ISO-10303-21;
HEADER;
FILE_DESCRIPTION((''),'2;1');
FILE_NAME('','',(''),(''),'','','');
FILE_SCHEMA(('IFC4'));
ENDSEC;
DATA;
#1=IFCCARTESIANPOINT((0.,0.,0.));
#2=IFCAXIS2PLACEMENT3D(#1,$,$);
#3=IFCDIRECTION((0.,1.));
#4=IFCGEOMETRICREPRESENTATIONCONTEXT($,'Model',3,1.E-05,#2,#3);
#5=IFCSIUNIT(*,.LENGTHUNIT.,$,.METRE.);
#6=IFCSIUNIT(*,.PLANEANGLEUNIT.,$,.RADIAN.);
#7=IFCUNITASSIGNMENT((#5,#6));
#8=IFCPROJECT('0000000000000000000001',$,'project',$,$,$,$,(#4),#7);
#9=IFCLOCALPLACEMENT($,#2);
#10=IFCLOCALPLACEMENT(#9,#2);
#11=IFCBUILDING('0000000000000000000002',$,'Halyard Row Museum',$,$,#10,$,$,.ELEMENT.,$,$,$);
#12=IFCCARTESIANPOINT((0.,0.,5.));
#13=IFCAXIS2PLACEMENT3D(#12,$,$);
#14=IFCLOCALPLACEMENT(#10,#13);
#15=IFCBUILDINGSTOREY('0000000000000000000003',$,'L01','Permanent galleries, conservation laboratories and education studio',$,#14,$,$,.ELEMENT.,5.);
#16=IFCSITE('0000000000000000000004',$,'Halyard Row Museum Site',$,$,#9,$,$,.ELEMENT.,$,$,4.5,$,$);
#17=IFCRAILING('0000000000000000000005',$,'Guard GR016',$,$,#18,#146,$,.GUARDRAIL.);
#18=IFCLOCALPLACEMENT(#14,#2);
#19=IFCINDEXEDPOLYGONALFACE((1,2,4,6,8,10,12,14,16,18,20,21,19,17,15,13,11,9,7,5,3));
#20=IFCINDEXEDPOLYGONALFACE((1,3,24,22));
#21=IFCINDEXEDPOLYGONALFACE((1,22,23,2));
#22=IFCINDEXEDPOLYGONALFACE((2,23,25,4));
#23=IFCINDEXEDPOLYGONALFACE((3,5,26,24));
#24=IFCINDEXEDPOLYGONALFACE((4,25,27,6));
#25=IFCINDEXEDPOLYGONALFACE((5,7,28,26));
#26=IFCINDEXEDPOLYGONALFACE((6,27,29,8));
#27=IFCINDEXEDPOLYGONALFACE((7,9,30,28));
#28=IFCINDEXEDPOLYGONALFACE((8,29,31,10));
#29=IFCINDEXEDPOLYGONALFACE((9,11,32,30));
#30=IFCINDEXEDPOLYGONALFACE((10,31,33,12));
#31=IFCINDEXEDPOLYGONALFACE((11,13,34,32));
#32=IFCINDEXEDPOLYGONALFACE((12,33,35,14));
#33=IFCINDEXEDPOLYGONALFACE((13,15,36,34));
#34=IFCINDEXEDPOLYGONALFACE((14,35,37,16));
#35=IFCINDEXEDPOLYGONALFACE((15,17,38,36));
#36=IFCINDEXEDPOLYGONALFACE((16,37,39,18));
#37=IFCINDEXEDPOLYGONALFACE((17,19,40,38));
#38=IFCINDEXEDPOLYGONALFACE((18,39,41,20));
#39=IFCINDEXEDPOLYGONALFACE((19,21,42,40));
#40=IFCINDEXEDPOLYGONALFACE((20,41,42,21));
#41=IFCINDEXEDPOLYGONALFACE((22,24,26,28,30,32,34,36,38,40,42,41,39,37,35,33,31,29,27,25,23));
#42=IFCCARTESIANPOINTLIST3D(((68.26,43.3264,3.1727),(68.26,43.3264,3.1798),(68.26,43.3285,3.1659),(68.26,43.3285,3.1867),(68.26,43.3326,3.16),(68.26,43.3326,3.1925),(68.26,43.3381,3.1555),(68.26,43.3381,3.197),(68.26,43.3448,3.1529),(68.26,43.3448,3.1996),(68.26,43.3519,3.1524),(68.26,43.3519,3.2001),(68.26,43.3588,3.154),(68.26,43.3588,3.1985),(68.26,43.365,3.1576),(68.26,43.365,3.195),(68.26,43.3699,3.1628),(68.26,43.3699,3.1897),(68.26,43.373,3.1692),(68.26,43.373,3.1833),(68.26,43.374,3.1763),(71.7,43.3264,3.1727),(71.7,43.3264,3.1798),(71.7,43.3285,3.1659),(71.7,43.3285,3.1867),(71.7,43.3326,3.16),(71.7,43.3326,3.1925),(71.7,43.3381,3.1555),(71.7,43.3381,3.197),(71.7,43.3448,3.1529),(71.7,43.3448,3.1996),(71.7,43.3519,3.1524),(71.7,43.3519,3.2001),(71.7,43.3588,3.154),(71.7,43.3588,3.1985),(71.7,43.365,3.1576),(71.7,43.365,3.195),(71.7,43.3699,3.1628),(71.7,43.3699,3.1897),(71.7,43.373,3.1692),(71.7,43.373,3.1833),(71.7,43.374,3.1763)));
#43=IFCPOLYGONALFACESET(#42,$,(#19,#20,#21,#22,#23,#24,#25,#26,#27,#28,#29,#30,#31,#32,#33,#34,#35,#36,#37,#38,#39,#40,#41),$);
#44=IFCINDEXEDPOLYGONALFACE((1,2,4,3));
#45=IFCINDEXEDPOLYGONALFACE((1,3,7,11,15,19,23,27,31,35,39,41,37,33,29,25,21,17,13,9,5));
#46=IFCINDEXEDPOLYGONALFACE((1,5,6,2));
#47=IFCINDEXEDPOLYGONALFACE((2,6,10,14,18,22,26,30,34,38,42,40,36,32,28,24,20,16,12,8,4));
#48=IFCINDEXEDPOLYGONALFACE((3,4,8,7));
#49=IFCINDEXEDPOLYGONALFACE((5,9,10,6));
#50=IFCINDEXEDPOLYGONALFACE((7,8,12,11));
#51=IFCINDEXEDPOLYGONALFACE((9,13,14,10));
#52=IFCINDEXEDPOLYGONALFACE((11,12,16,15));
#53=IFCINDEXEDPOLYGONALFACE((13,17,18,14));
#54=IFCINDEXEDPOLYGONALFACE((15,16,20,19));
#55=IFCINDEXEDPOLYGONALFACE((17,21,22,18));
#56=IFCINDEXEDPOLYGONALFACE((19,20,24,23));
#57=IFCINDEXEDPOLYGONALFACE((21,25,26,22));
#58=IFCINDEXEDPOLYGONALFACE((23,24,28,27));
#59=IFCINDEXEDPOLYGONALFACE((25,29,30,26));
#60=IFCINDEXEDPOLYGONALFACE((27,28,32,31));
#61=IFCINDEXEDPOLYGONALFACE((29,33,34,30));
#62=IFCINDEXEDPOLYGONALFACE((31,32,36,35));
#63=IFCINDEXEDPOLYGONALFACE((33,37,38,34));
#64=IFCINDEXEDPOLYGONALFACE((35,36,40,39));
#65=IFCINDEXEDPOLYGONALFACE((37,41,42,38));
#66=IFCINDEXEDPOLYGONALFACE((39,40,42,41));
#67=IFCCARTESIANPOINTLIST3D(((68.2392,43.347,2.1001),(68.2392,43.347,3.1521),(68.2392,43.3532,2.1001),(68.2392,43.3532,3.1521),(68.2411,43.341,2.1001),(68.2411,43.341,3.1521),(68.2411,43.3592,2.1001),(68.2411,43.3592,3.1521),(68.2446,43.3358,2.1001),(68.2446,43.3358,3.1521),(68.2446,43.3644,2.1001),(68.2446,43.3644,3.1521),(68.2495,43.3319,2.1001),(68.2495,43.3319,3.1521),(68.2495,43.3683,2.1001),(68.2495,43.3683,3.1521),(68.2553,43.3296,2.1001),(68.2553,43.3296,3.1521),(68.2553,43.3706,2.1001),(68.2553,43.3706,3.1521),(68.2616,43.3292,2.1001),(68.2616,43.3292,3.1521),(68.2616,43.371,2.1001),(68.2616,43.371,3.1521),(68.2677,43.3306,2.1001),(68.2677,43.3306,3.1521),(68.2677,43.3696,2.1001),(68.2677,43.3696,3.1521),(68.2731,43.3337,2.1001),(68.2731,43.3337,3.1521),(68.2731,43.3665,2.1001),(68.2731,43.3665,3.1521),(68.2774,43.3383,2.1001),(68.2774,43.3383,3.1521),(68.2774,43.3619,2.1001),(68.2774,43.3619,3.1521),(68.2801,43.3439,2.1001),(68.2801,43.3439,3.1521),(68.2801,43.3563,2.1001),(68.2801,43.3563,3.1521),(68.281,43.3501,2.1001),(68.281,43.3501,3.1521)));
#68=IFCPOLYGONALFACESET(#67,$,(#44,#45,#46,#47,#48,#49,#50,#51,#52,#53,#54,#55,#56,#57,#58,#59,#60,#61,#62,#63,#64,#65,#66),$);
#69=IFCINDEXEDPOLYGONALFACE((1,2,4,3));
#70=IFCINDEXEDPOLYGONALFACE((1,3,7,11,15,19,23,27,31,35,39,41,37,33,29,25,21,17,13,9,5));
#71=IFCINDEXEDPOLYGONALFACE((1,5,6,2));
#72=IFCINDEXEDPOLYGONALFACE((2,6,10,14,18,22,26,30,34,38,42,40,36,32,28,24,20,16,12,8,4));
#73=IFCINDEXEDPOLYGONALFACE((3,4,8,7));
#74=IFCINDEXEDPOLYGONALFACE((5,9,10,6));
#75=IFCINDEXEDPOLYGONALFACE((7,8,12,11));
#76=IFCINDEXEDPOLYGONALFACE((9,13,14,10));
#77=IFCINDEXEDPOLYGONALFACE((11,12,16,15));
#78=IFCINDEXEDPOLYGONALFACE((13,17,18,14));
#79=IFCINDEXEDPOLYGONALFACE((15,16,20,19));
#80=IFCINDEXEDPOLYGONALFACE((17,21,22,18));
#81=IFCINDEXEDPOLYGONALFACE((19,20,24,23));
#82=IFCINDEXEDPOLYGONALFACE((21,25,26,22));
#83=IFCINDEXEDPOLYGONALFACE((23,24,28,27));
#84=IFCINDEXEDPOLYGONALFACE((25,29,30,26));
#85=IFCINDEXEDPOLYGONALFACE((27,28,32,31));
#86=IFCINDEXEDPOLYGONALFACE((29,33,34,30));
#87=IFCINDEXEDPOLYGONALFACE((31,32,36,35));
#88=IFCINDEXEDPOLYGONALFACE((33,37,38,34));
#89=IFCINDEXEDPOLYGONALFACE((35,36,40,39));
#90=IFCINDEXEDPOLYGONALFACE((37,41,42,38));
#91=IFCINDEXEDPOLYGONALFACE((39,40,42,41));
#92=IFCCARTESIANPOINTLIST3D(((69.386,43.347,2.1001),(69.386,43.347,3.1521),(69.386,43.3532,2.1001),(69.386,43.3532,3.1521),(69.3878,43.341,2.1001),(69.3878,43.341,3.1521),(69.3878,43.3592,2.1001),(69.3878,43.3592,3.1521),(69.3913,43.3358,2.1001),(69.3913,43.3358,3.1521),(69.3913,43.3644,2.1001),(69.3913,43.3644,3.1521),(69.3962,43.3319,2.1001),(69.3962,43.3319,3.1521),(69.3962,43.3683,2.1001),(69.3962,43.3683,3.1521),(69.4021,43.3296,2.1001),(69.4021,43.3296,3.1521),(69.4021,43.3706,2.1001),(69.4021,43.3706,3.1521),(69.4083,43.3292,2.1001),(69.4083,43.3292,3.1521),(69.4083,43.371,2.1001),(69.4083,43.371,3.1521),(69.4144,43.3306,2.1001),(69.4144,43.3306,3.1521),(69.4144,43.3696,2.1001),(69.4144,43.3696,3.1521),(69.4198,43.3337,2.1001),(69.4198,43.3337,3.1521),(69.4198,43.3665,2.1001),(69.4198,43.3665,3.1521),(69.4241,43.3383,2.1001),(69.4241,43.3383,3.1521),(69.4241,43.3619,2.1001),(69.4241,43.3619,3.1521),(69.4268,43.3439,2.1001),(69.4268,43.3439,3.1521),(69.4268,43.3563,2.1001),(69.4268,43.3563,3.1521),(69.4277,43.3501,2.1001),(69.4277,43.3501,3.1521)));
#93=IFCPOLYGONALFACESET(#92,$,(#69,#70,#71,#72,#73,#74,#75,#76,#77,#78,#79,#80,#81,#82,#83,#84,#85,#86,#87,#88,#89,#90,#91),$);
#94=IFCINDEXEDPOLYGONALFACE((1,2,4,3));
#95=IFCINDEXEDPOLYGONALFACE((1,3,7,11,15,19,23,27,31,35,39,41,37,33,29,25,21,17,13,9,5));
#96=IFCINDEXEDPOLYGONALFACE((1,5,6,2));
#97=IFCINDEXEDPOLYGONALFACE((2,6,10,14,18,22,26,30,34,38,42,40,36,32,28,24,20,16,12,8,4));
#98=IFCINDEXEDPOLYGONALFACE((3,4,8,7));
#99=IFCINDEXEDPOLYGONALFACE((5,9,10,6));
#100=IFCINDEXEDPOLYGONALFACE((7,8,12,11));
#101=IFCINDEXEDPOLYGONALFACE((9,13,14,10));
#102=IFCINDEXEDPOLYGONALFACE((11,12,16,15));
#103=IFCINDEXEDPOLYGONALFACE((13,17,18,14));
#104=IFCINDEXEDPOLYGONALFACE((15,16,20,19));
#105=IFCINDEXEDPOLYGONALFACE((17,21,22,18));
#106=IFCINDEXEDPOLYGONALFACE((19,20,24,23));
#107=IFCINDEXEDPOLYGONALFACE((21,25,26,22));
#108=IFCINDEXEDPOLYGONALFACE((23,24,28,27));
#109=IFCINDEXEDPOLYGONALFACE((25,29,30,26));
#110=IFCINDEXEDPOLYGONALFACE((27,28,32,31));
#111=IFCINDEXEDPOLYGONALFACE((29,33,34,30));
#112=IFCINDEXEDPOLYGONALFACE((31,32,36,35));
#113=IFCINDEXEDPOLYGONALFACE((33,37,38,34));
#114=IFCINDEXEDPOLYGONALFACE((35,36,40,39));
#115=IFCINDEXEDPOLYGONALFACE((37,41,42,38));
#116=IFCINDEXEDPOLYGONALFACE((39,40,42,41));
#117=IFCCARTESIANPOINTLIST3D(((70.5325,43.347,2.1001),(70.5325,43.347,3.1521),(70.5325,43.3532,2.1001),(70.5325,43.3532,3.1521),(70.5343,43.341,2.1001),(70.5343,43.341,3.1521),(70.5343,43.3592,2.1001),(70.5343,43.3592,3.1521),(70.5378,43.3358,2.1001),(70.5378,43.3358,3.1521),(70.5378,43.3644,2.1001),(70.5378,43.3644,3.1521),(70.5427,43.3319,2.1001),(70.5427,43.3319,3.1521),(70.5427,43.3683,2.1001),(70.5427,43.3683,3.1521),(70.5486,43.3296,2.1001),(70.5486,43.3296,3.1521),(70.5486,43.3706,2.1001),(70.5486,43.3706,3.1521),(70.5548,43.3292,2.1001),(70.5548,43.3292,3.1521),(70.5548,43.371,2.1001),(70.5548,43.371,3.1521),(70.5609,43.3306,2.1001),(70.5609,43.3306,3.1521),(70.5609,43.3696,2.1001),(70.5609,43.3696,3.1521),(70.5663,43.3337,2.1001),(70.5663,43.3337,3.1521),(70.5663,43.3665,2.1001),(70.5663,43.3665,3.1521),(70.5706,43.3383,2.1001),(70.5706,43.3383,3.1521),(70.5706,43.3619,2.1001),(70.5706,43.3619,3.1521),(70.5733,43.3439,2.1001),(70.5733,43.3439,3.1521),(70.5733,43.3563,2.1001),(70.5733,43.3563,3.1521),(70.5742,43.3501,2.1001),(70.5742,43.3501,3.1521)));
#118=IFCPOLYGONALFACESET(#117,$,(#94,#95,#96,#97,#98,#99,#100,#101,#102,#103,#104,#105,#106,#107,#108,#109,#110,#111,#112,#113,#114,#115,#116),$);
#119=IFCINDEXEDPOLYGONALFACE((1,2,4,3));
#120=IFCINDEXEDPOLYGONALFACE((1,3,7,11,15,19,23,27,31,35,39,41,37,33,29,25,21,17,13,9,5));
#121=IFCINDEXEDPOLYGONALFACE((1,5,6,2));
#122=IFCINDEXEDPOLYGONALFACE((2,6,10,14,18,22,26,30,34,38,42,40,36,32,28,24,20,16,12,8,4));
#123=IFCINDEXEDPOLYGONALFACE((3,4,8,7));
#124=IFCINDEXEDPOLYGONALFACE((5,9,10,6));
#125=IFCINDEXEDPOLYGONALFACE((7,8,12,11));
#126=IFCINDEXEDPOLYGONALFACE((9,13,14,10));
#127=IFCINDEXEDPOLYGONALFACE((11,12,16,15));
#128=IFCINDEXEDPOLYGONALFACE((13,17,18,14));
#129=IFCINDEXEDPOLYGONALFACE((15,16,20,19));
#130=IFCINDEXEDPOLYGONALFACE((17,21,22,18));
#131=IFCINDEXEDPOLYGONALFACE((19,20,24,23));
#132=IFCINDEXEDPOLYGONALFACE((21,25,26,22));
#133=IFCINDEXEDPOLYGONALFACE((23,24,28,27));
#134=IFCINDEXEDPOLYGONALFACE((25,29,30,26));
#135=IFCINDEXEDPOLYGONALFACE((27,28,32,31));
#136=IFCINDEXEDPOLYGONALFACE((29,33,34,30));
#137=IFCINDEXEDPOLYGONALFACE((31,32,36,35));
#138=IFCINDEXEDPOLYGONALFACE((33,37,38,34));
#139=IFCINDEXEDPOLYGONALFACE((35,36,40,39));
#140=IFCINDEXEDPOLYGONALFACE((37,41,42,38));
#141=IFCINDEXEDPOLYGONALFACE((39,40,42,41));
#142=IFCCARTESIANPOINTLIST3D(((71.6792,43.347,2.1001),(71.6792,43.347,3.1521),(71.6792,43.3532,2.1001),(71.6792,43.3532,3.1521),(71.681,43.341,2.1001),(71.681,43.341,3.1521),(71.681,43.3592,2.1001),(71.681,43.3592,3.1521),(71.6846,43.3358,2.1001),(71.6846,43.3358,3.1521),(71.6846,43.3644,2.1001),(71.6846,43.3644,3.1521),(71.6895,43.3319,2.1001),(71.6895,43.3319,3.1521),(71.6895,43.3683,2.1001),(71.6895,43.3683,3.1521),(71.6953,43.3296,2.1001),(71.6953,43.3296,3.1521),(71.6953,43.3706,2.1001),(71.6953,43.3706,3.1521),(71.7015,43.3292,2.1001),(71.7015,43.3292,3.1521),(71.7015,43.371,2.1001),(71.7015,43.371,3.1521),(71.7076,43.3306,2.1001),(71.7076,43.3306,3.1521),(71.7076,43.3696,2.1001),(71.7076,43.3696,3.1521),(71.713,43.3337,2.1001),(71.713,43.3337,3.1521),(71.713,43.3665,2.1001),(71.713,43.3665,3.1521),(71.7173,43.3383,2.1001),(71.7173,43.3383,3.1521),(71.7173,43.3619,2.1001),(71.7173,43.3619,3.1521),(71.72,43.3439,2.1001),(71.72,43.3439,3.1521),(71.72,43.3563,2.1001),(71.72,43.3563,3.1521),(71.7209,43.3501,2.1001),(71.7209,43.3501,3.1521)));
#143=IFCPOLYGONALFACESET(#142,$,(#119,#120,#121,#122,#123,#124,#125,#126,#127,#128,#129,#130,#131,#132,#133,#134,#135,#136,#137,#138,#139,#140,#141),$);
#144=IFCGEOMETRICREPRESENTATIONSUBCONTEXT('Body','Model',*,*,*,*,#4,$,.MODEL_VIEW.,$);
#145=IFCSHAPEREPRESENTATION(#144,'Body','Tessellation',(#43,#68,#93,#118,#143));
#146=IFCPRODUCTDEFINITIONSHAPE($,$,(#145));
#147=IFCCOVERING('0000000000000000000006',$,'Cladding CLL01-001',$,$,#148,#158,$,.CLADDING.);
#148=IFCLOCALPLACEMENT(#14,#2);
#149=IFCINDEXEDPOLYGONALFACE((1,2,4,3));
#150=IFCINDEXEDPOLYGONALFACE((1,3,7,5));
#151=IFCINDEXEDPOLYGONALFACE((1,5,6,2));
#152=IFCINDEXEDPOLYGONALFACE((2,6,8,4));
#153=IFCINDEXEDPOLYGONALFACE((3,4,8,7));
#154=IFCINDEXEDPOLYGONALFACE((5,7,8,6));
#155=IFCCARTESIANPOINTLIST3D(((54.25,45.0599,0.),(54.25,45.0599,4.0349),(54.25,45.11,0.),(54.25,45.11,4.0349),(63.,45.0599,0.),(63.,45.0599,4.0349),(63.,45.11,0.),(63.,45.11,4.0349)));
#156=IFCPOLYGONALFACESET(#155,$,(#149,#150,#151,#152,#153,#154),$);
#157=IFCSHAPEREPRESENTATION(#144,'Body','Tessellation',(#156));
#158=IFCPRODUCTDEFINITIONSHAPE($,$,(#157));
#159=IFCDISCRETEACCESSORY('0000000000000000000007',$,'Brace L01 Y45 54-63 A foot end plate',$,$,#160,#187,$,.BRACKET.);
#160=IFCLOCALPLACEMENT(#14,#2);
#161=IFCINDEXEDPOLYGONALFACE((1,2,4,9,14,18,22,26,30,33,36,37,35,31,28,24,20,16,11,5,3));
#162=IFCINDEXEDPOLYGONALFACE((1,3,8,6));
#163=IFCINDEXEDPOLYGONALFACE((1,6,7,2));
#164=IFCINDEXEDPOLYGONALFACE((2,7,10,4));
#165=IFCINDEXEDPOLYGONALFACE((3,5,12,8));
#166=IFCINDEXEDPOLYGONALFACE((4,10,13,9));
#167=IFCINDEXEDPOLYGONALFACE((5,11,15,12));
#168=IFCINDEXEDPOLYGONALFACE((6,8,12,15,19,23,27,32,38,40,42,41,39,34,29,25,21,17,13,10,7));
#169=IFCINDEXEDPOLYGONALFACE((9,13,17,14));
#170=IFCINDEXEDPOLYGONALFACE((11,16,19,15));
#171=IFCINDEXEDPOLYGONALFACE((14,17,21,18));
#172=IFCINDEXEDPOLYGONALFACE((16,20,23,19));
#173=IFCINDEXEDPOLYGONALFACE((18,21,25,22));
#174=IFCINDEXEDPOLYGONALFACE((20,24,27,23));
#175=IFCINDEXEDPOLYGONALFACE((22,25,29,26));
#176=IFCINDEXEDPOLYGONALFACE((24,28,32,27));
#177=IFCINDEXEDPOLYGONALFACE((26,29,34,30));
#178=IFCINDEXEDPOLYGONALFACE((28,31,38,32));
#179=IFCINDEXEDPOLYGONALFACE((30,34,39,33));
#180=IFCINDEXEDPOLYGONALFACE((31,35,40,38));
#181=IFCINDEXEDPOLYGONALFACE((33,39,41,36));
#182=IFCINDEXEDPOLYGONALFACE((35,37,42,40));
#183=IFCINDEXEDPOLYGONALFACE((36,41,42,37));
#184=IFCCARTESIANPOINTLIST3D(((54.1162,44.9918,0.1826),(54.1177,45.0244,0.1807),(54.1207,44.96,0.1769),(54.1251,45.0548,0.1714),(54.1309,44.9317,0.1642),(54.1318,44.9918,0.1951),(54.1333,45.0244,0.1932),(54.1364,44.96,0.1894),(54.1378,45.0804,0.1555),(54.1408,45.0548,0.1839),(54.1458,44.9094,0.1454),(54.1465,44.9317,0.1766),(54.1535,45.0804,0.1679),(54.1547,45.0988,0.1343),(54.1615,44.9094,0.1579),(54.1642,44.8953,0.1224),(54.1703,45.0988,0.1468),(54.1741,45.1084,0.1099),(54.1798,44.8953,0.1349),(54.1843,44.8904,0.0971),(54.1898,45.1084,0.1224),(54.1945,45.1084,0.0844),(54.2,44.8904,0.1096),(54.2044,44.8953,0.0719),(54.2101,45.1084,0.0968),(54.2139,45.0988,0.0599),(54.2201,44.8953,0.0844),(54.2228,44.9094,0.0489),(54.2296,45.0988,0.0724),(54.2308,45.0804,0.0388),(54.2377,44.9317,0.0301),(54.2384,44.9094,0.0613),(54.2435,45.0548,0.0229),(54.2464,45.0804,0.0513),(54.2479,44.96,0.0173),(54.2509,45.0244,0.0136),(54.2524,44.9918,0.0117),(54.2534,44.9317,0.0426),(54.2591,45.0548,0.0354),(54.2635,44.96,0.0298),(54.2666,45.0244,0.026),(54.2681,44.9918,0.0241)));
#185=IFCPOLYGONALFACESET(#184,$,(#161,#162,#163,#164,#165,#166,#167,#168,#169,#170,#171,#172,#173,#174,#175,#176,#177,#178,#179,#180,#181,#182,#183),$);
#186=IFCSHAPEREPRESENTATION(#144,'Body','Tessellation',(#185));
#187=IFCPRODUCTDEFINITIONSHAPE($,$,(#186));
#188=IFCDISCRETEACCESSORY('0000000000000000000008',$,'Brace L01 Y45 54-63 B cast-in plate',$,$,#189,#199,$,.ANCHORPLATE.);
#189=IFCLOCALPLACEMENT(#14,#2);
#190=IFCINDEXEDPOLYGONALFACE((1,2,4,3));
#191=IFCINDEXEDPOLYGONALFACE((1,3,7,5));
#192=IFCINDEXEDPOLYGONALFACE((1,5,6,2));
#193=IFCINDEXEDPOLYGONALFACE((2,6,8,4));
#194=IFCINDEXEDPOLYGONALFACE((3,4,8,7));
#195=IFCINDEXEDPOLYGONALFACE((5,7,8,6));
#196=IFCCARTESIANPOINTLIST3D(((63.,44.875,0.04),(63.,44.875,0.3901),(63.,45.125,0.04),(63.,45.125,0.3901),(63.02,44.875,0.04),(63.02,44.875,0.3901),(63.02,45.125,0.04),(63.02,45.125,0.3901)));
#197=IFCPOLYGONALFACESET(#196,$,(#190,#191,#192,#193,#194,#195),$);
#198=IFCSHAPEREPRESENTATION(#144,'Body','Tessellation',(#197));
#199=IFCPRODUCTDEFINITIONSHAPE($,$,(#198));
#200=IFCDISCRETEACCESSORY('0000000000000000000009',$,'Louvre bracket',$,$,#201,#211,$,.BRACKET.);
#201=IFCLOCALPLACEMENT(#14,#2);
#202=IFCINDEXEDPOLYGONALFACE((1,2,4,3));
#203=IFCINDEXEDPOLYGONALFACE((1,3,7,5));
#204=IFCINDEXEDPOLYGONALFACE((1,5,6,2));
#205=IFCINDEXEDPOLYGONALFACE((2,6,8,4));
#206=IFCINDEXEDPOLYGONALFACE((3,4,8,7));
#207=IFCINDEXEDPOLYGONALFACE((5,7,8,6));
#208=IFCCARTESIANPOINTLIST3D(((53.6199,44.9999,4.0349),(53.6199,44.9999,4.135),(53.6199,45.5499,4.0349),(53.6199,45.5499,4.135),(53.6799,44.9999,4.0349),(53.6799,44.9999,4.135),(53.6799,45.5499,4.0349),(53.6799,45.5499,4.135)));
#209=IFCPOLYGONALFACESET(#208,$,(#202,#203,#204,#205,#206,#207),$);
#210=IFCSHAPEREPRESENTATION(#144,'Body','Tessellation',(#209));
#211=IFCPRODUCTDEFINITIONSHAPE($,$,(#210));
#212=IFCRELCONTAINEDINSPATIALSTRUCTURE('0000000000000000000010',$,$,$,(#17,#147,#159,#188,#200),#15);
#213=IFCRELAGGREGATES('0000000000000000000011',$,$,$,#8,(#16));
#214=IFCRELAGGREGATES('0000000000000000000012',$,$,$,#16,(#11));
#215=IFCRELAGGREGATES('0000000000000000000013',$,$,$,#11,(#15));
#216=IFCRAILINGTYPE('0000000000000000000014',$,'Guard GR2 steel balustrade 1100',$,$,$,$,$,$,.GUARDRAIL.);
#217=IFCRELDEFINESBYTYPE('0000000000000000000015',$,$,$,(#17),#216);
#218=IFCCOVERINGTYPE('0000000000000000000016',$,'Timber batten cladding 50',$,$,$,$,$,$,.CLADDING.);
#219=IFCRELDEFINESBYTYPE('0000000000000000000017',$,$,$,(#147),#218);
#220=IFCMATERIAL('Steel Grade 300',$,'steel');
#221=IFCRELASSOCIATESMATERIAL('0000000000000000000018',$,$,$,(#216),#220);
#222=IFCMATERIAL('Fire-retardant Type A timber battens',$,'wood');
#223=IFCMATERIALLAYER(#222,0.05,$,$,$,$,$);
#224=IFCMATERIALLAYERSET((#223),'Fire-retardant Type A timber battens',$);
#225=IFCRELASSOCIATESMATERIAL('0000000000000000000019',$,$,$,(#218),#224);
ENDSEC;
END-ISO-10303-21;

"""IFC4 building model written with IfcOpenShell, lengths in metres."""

from ifc_helpers import new_model, si_unit, direction, frame, frame_2d, origin, origin_2d, place, context, subcontext, project, spatial, rectangle, circle, extrude, material, layer, layer_set, type_object, element, save


model = new_model("IFC4")

# Units and contexts
model_context = context("Model", 3, precision=1e-05, world=origin(), true_north=direction((0.0, 1.0)))
body_context = subcontext(model_context, "Body", "Model", "MODEL_VIEW")
ifc_project = project(units=[si_unit("LENGTHUNIT", "METRE"), si_unit("PLANEANGLEUNIT", "RADIAN")], contexts=[model_context])

# Site, building, storey
site_placement = place(None, origin())
site = spatial("IfcSite", under=ifc_project, at=site_placement, Name="Halyard Row Museum Site", CompositionType="ELEMENT", RefElevation=4.5)
building_placement = place(site_placement, origin())
building = spatial("IfcBuilding", under=site, at=building_placement, Name="Halyard Row Museum", CompositionType="ELEMENT")
storey_placement = place(building_placement, frame((0.0, 0.0, 5.0)))
storey = spatial("IfcBuildingStorey", under=building, at=storey_placement, Name="L01", Description="Permanent galleries, conservation laboratories and education studio", CompositionType="ELEMENT", Elevation=5.0)

# Railing
ifc_material_1 = material(Name="Steel Grade 300", Category="steel")
railing_type_1 = type_object("IfcRailingType", Name="Guard GR2 steel balustrade 1100", PredefinedType="GUARDRAIL", material=ifc_material_1)
railing_1_placement = place(storey_placement, frame((68.26, 43.3501, 2.1001)))
element("IfcRailing", 1, at=railing_1_placement, inside=storey, type_object=railing_type_1, Name="Guard GR016", PredefinedType="GUARDRAIL", context=body_context, shape_type="SweptSolid", body=[
    extrude(circle(Radius=0.0239, at=origin_2d()), frame((0.0, 0.0, 1.0762), z_axis=(1.0, 0.0, 0.0), x_axis=(0.0, 1.0, 0.0)), (0.0, 0.0, 1.0), 3.4399),
    extrude(circle(Radius=0.021, at=origin_2d()), origin(), (0.0, 0.0, 1.0), 1.052),
    extrude(circle(Radius=0.021, at=origin_2d()), frame((1.1467, 0.0, 0.0)), (0.0, 0.0, 1.0), 1.052),
    extrude(circle(Radius=0.021, at=origin_2d()), frame((2.2932, 0.0, 0.0)), (0.0, 0.0, 1.0), 1.052),
    extrude(circle(Radius=0.021, at=origin_2d()), frame((3.4399, 0.0, 0.0)), (0.0, 0.0, 1.0), 1.052),
])

# Covering
ifc_material_2 = material(Name="Fire-retardant Type A timber battens", Category="wood")
ifc_layer_1 = layer(ifc_material_2, 0.05)
ifc_layer_set_1 = layer_set([ifc_layer_1], Name="Fire-retardant Type A timber battens")
covering_type = type_object("IfcCoveringType", Name="Timber batten cladding 50", PredefinedType="CLADDING", material=ifc_layer_set_1)
covering_placement = place(storey_placement, frame((63.0, 45.085, 0.0), z_axis=(0.0, 0.0, 1.0), x_axis=(-1.0, 0.0, 0.0)))
element("IfcCovering", 2, at=covering_placement, inside=storey, type_object=covering_type, Name="Cladding CLL01-001", PredefinedType="CLADDING", context=body_context, shape_type="SweptSolid", body=[
    extrude(rectangle(XDim=8.75, YDim=0.05, at=frame_2d((4.375, 0.0))), origin(), (0.0, 0.0, 1.0), 4.0349),
])

# Discrete accessories
discrete_accessory_1_placement = place(storey_placement, frame((54.2, 45.0, 0.1096), z_axis=(-0.78206, 0.0, -0.623204), x_axis=(0.0, -1.0, 0.0)))
element("IfcDiscreteAccessory", 3, at=discrete_accessory_1_placement, inside=storey, Name="Brace L01 Y45 54-63 A foot end plate", PredefinedType="BRACKET", context=body_context, shape_type="SweptSolid", body=[
    extrude(circle(Radius=0.1096, at=origin_2d()), origin(), (0.0, 0.0, 1.0), 0.02),
])
discrete_accessory_2_placement = place(storey_placement, frame((63.0, 45.0, 0.2151), z_axis=(1.0, 0.0, 0.0), x_axis=(0.0, 1.0, 0.0)))
element("IfcDiscreteAccessory", 4, at=discrete_accessory_2_placement, inside=storey, Name="Brace L01 Y45 54-63 B cast-in plate", PredefinedType="ANCHORPLATE", context=body_context, shape_type="SweptSolid", body=[
    extrude(rectangle(XDim=0.25, YDim=0.3501, at=origin_2d()), origin(), (0.0, 0.0, 1.0), 0.02),
])
discrete_accessory_3_placement = place(storey_placement, frame((53.6499, 45.2749, 4.0349), z_axis=(0.0, 0.0, 1.0), x_axis=(1.0, 0.0, 0.0)))
element("IfcDiscreteAccessory", 5, at=discrete_accessory_3_placement, inside=storey, Name="Louvre bracket", PredefinedType="BRACKET", context=body_context, shape_type="SweptSolid", body=[
    extrude(rectangle(XDim=0.0601, YDim=0.55, at=origin_2d()), origin(), (0.0, 0.0, 1.0), 0.1001),
])

save(model, "model.ifc")
